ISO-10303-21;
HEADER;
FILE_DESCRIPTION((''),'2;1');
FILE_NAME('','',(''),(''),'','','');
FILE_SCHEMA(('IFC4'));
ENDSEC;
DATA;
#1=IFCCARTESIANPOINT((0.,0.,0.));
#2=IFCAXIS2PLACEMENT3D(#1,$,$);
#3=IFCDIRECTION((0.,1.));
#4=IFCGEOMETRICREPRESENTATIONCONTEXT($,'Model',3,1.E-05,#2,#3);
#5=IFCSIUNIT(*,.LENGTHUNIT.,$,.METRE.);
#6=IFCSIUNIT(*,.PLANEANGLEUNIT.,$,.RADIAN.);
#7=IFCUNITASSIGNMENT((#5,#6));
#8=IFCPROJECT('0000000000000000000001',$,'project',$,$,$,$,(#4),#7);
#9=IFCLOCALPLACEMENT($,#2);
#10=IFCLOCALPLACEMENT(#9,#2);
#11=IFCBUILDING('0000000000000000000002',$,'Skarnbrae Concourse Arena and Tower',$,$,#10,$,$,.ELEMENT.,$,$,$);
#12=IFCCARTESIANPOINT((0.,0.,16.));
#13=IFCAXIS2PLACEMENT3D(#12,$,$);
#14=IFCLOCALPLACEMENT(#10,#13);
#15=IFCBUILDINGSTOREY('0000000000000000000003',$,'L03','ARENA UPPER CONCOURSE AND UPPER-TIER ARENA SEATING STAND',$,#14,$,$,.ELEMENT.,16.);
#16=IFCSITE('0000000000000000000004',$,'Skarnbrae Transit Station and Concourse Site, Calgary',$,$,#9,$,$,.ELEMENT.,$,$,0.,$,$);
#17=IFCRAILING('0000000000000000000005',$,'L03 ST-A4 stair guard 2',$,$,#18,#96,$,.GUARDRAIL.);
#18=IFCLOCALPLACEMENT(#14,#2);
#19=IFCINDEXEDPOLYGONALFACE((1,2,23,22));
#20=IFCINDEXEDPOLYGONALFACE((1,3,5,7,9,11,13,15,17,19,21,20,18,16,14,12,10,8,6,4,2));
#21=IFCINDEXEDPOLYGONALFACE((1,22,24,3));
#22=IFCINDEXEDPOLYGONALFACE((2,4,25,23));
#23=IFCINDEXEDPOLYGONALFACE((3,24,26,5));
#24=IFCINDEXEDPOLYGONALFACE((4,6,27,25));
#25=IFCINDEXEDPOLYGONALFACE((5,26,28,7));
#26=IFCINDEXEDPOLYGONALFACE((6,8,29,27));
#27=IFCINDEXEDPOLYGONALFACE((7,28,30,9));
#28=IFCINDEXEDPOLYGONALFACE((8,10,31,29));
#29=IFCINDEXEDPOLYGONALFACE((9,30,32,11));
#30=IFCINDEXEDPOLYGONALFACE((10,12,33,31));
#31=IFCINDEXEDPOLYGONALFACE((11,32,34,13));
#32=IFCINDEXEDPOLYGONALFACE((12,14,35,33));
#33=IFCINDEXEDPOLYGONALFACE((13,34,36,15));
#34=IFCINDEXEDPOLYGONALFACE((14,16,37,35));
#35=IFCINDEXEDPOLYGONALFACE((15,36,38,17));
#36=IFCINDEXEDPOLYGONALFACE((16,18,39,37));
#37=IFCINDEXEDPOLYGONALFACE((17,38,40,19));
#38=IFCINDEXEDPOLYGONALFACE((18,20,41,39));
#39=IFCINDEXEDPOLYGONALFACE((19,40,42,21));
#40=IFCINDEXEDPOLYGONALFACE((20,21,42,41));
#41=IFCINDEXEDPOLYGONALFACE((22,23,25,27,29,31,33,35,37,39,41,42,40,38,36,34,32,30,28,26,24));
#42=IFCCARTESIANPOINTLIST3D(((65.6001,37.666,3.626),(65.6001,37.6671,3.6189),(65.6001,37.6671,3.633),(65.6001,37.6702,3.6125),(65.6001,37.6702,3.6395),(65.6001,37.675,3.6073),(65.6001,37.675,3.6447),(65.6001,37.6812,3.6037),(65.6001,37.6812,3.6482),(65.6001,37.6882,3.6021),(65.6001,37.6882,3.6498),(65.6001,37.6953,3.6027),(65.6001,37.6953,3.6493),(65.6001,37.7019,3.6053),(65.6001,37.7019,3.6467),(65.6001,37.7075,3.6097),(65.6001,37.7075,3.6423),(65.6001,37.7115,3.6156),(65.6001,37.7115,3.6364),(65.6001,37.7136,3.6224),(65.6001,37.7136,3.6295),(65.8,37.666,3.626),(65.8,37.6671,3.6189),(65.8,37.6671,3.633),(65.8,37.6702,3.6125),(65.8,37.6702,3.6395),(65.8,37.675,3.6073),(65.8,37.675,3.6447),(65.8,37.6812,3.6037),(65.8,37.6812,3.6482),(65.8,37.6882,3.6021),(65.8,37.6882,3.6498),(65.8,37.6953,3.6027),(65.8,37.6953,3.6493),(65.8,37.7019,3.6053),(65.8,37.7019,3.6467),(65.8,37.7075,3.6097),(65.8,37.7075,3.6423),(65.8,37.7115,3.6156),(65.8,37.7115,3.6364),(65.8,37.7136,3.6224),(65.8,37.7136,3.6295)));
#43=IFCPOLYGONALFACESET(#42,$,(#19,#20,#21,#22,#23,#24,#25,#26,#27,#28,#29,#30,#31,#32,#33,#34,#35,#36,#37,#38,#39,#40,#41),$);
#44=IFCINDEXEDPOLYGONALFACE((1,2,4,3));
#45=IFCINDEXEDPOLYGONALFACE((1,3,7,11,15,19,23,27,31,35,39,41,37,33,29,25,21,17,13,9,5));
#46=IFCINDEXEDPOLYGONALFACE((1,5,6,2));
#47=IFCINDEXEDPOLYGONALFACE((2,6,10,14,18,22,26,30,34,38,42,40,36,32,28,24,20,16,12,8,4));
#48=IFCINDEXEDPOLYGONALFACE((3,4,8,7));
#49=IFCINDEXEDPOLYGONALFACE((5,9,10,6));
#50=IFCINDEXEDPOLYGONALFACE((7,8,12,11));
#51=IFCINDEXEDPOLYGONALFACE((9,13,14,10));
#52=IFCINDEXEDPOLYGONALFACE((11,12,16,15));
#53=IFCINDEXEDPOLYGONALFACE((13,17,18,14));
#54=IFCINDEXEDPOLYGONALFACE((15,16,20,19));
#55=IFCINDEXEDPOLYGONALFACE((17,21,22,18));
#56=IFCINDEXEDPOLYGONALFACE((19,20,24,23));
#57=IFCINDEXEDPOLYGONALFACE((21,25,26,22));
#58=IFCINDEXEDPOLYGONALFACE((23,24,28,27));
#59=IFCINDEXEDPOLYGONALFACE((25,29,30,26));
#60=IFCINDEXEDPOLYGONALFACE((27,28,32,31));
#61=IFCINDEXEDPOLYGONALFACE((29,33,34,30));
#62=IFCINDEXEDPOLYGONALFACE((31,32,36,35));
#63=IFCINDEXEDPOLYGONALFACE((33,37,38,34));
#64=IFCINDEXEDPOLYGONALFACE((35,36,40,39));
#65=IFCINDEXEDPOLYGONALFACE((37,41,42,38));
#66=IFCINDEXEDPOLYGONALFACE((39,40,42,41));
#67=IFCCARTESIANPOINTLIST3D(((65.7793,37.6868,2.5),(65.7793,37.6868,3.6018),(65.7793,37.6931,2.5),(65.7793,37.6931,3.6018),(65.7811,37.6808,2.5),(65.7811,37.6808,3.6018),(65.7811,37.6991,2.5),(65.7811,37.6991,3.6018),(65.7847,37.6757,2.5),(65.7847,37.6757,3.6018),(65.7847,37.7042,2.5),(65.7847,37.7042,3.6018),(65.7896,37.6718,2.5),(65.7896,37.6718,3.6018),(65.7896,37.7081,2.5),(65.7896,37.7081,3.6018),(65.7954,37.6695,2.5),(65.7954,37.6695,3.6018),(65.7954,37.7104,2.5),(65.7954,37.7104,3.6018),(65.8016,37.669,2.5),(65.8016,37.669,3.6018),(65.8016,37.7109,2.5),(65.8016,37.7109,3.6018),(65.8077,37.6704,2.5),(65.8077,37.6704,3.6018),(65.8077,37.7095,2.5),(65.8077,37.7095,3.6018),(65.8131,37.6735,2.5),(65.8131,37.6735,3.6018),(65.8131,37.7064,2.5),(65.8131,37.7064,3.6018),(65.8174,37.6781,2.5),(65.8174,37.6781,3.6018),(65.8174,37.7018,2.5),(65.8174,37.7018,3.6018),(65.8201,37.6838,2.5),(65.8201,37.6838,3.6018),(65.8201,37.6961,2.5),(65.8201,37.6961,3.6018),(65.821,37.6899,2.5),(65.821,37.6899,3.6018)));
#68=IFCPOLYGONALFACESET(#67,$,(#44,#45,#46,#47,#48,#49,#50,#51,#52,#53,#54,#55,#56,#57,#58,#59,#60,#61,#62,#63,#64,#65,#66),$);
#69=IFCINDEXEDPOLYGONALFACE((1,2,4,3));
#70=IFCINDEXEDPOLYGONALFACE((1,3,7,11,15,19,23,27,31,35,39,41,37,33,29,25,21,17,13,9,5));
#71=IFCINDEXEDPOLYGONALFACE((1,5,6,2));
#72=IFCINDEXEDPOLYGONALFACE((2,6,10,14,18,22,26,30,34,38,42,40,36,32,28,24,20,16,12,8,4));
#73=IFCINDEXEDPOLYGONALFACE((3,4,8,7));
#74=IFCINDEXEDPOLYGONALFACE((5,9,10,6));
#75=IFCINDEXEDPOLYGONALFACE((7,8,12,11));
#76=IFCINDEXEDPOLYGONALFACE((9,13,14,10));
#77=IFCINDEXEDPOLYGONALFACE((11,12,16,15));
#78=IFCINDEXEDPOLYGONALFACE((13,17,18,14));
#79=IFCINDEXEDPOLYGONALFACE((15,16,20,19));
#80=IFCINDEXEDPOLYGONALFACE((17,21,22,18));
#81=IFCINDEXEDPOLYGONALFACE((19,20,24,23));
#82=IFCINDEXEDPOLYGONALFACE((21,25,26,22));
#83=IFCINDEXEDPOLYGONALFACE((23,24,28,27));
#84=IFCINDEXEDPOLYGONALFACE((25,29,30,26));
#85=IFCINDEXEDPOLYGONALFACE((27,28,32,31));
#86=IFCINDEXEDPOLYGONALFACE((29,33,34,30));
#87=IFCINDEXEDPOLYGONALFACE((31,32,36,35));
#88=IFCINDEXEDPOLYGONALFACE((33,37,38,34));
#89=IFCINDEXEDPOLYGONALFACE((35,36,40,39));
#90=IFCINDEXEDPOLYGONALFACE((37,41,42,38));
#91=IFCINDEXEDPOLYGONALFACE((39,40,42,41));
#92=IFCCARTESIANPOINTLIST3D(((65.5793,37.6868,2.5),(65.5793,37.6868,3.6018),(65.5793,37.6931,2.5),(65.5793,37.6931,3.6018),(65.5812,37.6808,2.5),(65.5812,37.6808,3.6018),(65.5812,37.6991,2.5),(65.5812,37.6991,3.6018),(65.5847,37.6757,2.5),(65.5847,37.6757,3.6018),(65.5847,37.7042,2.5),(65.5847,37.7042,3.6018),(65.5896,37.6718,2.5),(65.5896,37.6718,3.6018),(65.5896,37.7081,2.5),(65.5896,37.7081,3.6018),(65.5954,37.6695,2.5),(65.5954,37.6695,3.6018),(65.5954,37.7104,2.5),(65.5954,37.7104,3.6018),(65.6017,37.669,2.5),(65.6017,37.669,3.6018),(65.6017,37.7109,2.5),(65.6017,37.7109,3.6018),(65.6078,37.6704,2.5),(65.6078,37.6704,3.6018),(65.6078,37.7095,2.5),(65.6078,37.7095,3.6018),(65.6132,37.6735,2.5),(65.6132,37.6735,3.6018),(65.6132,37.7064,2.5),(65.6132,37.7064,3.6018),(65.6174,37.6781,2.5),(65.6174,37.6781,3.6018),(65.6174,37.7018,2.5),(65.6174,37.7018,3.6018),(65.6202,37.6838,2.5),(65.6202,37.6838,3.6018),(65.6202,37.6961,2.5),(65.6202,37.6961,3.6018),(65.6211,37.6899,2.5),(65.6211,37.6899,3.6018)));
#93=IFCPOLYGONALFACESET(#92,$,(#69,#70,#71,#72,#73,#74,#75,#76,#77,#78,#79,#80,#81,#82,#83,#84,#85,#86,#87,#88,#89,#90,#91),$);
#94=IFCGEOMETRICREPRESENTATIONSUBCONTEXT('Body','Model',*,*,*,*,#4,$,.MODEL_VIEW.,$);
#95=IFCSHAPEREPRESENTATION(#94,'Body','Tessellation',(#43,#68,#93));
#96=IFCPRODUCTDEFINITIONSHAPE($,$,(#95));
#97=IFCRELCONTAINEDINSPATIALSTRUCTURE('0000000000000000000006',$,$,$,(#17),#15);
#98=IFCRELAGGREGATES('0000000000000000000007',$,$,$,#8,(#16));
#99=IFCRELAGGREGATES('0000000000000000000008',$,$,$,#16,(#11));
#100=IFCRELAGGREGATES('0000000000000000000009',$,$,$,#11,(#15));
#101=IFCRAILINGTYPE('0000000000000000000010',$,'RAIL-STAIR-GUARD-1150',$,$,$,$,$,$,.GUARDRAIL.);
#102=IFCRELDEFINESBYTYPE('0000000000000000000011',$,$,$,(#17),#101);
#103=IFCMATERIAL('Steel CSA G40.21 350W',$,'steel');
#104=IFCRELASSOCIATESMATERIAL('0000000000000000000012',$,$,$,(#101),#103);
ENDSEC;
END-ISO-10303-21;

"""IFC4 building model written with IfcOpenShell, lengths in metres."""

from ifc_helpers import new_model, si_unit, direction, frame, origin, origin_2d, place, context, subcontext, project, spatial, circle, extrude, material, type_object, element, save


model = new_model("IFC4")

# Units and contexts
model_context = context("Model", 3, precision=1e-05, world=origin(), true_north=direction((0.0, 1.0)))
body_context = subcontext(model_context, "Body", "Model", "MODEL_VIEW")
ifc_project = project(units=[si_unit("LENGTHUNIT", "METRE"), si_unit("PLANEANGLEUNIT", "RADIAN")], contexts=[model_context])

# Site, building, storey
site_placement = place(None, origin())
site = spatial("IfcSite", under=ifc_project, at=site_placement, Name="Skarnbrae Transit Station and Concourse Site, Calgary", CompositionType="ELEMENT", RefElevation=0.0)
building_placement = place(site_placement, origin())
building = spatial("IfcBuilding", under=site, at=building_placement, Name="Skarnbrae Concourse Arena and Tower", CompositionType="ELEMENT")
storey_placement = place(building_placement, frame((0.0, 0.0, 16.0)))
storey = spatial("IfcBuildingStorey", under=building, at=storey_placement, Name="L03", Description="ARENA UPPER CONCOURSE AND UPPER-TIER ARENA SEATING STAND", CompositionType="ELEMENT", Elevation=16.0)

# Shared definitions
ifc_material_1 = material(Name="Steel CSA G40.21 350W", Category="steel")

# Railing
railing_type_1 = type_object("IfcRailingType", Name="RAIL-STAIR-GUARD-1150", PredefinedType="GUARDRAIL", material=ifc_material_1)
railing_1_placement = place(storey_placement, frame((65.8, 37.6899, 2.5)))
element("IfcRailing", 1, at=railing_1_placement, inside=storey, type_object=railing_type_1, Name="L03 ST-A4 stair guard 2", PredefinedType="GUARDRAIL", context=body_context, shape_type="SweptSolid", body=[
    extrude(circle(Radius=0.0239, at=origin_2d()), frame((0.0, 0.0, 1.126), z_axis=(-1.0, 0.0, 0.0), x_axis=(0.0, -1.0, 0.0)), (0.0, 0.0, 1.0), 0.2),
    extrude(circle(Radius=0.021, at=origin_2d()), origin(), (0.0, 0.0, 1.0), 1.1018),
    extrude(circle(Radius=0.021, at=origin_2d()), frame((-0.2, 0.0, 0.0)), (0.0, 0.0, 1.0), 1.1018),
])

save(model, "model.ifc")
